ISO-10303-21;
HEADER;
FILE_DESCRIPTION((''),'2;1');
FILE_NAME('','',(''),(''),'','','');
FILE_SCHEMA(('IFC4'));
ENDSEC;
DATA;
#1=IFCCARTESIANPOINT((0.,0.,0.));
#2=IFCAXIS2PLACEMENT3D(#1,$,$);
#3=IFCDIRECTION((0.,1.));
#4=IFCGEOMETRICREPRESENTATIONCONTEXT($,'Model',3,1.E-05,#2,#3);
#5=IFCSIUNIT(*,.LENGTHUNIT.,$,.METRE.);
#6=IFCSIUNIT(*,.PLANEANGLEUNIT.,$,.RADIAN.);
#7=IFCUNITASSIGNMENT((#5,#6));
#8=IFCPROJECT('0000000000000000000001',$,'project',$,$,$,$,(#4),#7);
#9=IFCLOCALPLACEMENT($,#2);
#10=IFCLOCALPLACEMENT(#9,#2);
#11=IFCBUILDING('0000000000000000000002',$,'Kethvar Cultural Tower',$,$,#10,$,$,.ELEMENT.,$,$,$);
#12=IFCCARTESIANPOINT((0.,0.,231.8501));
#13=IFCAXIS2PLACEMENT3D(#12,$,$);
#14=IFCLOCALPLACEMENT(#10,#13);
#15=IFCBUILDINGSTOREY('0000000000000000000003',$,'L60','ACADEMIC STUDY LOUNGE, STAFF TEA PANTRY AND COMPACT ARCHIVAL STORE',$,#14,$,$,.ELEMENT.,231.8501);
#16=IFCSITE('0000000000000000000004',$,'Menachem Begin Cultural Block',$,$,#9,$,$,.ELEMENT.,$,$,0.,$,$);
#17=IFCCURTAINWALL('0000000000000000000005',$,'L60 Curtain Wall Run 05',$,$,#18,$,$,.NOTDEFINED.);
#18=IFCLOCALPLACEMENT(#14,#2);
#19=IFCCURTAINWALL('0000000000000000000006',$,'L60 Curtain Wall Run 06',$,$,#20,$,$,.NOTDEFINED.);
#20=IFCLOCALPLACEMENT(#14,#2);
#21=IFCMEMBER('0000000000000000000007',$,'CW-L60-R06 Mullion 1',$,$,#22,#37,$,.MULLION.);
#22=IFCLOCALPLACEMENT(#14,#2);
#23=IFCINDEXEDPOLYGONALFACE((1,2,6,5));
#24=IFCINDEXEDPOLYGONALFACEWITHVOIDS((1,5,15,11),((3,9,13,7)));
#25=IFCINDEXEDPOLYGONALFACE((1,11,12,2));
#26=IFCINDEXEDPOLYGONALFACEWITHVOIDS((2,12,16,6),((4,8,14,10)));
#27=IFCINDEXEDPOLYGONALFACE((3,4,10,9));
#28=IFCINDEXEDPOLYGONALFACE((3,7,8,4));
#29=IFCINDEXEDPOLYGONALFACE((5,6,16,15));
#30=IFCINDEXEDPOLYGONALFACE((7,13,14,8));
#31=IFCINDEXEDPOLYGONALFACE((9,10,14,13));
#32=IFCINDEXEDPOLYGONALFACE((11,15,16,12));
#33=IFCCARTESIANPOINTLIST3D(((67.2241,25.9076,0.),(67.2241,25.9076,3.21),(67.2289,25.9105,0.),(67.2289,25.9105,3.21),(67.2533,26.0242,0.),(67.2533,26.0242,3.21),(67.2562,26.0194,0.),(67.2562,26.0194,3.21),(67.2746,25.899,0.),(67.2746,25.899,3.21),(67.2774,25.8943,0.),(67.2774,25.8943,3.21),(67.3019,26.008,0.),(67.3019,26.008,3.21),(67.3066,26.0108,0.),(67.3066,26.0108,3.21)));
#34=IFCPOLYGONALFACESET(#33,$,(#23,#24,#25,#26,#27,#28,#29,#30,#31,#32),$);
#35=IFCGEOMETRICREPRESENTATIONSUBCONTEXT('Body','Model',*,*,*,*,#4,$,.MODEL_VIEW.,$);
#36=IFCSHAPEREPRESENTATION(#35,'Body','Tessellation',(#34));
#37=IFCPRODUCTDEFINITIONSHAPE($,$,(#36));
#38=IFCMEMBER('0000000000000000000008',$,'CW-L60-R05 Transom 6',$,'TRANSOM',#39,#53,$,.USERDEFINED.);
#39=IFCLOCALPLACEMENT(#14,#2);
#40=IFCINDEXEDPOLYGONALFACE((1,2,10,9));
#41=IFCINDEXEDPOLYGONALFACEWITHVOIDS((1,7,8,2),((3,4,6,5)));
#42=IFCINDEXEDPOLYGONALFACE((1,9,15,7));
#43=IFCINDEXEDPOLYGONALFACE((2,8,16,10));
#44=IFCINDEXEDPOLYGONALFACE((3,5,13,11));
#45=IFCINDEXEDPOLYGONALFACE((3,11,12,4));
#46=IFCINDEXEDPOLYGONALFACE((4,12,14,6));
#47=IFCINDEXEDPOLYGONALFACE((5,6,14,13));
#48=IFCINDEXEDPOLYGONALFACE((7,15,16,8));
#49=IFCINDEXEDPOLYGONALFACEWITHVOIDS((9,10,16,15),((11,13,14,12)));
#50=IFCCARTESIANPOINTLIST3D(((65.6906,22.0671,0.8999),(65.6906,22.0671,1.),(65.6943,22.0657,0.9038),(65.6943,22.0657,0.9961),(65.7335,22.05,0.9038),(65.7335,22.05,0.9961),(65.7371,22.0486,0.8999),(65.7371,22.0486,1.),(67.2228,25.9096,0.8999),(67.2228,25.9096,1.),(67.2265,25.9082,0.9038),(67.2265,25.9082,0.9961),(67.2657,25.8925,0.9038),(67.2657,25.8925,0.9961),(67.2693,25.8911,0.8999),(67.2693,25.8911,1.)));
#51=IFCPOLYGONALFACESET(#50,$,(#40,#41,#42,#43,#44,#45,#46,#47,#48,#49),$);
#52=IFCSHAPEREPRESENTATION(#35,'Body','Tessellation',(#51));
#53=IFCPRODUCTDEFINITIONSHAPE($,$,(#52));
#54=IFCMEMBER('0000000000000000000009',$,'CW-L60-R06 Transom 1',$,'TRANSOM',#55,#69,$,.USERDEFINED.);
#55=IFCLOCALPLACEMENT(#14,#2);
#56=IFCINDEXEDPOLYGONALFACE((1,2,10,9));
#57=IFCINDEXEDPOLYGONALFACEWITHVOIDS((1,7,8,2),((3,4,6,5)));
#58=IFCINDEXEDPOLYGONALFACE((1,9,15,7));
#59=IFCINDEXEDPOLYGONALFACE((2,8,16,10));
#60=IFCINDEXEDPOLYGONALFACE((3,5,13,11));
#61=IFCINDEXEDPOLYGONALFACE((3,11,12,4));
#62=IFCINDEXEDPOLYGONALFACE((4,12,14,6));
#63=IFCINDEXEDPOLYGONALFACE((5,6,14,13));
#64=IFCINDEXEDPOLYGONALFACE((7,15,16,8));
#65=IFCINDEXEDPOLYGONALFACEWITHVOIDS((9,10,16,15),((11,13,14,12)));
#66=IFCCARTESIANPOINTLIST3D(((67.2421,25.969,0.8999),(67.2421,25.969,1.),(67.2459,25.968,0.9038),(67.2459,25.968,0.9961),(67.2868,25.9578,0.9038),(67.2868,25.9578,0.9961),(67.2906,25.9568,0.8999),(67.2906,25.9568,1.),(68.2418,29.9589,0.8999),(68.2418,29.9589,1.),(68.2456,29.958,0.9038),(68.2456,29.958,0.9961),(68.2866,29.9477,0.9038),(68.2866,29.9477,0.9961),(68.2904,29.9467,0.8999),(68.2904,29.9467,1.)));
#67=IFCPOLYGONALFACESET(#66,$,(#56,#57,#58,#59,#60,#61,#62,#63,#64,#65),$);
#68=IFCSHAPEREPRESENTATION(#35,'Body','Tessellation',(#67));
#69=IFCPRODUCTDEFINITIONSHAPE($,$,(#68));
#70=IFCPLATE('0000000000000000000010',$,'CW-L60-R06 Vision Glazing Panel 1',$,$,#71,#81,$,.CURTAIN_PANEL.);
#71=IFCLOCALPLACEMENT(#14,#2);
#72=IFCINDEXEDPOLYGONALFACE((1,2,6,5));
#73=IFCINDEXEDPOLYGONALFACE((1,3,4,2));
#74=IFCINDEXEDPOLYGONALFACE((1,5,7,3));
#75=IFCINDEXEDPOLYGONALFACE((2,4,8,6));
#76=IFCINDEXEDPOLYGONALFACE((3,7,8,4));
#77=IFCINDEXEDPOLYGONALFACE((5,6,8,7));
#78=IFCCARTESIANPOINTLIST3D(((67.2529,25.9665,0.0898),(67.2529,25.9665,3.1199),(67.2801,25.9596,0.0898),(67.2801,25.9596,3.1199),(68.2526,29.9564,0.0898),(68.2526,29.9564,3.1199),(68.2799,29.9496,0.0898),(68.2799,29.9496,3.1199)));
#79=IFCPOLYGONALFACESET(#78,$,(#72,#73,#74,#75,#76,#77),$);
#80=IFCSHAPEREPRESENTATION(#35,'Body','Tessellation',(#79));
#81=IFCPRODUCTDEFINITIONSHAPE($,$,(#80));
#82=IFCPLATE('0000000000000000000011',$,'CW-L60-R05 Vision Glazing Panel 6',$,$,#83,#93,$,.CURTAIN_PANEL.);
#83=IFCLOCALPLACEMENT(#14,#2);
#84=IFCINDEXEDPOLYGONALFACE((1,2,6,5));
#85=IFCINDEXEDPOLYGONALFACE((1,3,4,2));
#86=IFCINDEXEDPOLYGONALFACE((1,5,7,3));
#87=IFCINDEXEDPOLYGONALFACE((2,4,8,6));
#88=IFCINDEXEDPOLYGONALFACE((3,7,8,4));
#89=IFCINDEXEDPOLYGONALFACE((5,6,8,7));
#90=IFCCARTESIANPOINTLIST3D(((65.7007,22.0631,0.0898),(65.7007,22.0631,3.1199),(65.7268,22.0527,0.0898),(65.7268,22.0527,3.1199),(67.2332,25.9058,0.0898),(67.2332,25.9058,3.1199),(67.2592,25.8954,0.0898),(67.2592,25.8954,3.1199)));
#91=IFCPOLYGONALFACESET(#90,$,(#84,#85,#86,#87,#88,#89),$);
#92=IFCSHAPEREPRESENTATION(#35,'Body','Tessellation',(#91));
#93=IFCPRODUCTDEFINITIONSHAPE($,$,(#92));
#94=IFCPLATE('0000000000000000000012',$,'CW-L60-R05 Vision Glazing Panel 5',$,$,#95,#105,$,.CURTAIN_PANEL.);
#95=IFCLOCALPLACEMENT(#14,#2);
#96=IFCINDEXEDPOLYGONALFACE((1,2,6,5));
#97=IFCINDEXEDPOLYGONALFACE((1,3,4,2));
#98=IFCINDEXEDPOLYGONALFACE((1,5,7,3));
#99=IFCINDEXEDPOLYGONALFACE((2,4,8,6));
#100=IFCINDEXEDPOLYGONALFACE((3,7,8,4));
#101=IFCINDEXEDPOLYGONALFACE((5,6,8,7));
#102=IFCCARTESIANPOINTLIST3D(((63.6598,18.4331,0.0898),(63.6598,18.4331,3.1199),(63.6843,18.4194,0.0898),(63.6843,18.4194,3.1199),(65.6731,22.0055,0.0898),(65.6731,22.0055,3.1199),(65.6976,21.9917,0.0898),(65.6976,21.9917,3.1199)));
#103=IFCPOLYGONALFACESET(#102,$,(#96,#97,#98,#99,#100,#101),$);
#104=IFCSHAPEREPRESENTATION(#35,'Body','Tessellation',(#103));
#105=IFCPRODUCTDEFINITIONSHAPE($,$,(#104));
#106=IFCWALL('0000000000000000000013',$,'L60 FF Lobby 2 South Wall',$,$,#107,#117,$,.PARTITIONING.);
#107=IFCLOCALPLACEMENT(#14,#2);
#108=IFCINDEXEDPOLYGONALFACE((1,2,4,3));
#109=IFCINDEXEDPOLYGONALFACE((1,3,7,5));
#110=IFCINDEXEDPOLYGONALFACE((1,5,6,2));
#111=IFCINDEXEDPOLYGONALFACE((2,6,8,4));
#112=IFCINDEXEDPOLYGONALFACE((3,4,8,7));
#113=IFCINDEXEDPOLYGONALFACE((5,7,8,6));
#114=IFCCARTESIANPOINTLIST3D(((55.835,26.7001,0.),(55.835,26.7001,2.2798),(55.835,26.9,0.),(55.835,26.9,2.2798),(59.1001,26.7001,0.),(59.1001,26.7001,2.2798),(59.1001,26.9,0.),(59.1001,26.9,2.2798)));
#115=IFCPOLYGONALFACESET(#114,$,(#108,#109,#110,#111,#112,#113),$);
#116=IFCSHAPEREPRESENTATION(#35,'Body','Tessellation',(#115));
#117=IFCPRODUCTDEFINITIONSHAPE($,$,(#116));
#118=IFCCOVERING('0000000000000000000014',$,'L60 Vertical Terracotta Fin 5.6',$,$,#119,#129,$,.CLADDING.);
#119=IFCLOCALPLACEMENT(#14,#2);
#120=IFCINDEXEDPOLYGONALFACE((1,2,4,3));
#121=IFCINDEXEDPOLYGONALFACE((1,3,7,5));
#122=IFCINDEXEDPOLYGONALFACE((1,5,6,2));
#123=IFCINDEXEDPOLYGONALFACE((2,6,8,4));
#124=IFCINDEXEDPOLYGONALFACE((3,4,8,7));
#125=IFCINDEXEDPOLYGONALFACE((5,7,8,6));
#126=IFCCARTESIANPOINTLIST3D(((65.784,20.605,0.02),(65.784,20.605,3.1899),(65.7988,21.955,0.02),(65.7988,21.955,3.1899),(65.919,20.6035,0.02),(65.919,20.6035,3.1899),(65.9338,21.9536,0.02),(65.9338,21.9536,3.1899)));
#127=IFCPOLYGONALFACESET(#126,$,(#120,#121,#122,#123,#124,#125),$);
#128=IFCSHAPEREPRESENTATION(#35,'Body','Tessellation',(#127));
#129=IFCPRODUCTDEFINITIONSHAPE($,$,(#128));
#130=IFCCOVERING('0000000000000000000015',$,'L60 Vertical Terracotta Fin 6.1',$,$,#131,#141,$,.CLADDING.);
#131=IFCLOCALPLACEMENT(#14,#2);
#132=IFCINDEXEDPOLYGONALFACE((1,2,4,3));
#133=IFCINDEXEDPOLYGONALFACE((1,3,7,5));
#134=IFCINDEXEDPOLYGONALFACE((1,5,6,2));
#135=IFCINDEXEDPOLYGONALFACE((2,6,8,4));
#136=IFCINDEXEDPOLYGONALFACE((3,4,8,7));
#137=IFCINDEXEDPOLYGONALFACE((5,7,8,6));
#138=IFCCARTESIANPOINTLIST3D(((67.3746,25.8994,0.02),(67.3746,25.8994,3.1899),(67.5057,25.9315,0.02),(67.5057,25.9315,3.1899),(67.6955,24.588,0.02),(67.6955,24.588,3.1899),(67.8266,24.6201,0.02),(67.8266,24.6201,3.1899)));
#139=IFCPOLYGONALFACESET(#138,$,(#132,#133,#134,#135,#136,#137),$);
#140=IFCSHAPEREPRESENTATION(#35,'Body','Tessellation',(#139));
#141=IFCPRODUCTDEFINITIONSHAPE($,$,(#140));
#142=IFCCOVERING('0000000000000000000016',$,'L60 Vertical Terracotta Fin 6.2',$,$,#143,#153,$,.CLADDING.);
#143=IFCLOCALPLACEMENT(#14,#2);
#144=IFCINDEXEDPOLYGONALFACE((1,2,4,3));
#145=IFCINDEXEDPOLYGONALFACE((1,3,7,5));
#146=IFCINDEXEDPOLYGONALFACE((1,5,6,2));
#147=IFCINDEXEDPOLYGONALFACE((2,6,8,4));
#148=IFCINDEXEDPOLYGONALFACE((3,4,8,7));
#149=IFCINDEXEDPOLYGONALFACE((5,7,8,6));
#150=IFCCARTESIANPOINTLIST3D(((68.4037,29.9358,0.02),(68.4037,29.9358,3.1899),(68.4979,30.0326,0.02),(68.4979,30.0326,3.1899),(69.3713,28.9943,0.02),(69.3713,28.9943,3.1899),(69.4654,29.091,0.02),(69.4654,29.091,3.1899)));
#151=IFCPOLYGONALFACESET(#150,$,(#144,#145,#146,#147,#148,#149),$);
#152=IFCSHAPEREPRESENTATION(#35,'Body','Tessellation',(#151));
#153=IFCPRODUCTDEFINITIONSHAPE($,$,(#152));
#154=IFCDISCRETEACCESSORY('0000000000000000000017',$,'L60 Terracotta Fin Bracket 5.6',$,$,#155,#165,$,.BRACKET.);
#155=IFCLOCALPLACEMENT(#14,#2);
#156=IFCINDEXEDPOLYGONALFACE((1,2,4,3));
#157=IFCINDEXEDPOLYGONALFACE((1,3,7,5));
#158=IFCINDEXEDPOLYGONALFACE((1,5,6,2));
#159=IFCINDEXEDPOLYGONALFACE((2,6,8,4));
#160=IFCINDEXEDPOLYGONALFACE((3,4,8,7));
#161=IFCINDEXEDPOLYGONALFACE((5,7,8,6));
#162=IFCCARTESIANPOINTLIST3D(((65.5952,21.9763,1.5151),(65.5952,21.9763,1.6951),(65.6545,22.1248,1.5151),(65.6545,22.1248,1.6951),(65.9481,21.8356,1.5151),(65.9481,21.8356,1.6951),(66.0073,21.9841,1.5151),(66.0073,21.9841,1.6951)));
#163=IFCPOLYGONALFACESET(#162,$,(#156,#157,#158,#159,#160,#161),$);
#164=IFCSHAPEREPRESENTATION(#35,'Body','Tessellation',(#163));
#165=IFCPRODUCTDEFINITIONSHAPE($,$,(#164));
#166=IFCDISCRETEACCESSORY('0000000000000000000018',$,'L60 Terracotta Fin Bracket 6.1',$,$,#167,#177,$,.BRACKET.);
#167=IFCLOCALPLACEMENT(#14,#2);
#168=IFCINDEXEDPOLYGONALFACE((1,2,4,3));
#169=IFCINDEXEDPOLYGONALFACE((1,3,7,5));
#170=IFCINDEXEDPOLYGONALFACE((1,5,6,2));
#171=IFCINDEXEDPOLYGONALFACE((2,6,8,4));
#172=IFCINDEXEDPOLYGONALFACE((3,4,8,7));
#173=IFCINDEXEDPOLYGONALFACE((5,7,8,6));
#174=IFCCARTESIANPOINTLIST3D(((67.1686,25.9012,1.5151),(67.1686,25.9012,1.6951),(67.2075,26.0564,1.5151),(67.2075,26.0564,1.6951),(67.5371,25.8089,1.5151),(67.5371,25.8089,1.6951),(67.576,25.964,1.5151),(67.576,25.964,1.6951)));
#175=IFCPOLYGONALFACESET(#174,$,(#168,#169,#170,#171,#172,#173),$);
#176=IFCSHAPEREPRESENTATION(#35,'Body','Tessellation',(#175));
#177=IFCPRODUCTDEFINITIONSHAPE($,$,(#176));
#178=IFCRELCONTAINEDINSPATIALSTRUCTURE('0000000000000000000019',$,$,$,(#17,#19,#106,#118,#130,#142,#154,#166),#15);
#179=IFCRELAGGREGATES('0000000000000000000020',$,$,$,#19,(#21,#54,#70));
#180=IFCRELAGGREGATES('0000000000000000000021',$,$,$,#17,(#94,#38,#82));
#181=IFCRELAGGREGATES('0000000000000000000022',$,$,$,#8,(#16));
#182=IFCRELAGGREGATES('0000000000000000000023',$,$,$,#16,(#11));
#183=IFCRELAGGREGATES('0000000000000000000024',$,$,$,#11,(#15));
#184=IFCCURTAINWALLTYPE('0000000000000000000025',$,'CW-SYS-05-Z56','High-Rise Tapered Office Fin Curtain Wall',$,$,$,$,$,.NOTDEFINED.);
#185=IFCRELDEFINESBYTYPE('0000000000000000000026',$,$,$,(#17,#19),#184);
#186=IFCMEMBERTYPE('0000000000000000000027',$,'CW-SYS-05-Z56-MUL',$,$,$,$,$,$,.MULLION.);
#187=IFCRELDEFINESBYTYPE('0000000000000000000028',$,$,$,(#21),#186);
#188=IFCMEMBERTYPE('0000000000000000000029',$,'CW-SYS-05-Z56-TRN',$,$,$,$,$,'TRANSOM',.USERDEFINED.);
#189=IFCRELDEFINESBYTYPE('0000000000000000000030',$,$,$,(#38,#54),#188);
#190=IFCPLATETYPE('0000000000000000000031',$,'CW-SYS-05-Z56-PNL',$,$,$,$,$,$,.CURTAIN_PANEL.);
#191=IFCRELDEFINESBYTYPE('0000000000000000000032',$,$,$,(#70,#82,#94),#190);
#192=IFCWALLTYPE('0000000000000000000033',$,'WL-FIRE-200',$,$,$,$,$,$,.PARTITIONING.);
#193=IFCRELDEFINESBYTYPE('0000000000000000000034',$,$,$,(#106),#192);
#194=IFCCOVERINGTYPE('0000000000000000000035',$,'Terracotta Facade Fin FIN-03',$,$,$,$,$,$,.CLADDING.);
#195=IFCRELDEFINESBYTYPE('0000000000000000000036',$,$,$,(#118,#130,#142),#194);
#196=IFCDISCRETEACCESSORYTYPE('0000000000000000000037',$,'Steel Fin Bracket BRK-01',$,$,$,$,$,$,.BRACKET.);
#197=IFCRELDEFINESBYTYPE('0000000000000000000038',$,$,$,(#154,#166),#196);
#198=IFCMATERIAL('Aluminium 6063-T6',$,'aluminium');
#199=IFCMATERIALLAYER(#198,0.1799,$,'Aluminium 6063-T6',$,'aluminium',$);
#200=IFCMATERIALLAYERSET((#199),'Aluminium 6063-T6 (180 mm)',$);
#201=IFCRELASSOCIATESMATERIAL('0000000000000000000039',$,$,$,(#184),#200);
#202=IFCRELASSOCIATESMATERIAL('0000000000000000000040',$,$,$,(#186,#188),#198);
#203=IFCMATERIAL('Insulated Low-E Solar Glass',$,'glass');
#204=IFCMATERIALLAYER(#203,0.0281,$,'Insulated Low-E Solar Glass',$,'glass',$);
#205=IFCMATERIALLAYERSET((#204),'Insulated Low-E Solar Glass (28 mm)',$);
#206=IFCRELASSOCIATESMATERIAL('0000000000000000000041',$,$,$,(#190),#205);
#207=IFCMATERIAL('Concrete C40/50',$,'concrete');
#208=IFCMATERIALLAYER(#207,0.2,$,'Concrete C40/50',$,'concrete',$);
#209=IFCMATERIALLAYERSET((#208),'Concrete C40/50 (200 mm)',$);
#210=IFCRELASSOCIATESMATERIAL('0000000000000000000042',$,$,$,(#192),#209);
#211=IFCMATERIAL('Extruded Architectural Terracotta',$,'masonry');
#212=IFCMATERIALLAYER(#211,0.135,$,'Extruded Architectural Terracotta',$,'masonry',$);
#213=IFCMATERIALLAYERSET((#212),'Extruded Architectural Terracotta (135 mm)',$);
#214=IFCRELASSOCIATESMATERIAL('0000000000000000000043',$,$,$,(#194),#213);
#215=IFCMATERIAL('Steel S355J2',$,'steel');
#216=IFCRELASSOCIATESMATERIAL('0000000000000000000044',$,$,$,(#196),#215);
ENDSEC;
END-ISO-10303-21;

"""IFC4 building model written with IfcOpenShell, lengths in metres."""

from ifc_helpers import new_model, si_unit, direction, frame, frame_2d, origin, origin_2d, place, context, subcontext, project, spatial, rectangle, hollow_rectangle, extrude, source, transform, mapped, material, layer, layer_set, material_profile, profile_set, type_object, element, aggregate, save


model = new_model("IFC4")

# Units and contexts
model_context = context("Model", 3, precision=1e-05, world=origin(), true_north=direction((0.0, 1.0)))
body_context = subcontext(model_context, "Body", "Model", "MODEL_VIEW")
ifc_project = project(units=[si_unit("LENGTHUNIT", "METRE"), si_unit("PLANEANGLEUNIT", "RADIAN")], contexts=[model_context])

# Site, building, storey
site_placement = place(None, origin())
site = spatial("IfcSite", under=ifc_project, at=site_placement, Name="Menachem Begin Cultural Block", CompositionType="ELEMENT", RefElevation=0.0)
building_placement = place(site_placement, origin())
building = spatial("IfcBuilding", under=site, at=building_placement, Name="Kethvar Cultural Tower", CompositionType="ELEMENT")
storey_placement = place(building_placement, frame((0.0, 0.0, 231.8501)))
storey = spatial("IfcBuildingStorey", under=building, at=storey_placement, Name="L60", Description="ACADEMIC STUDY LOUNGE, STAFF TEA PANTRY AND COMPACT ARCHIVAL STORE", CompositionType="ELEMENT", Elevation=231.8501)

# Shared definitions
ifc_material_1 = material(Name="Steel S355J2", Category="steel")

# Curtain wall
ifc_material_2 = material(Name="Aluminium 6063-T6", Category="aluminium")
ifc_layer_1 = layer(ifc_material_2, 0.1799, Name="Aluminium 6063-T6", Category="aluminium")
ifc_layer_set_1 = layer_set([ifc_layer_1], Name="Aluminium 6063-T6 (180 mm)")
curtain_wall_type = type_object("IfcCurtainWallType", Name="CW-SYS-05-Z56", Description="High-Rise Tapered Office Fin Curtain Wall", PredefinedType="NOTDEFINED", material=ifc_layer_set_1)
curtain_wall_1_placement = place(storey_placement, origin())
curtain_wall_1 = element("IfcCurtainWall", 1, at=curtain_wall_1_placement, inside=storey, type_object=curtain_wall_type, Name="L60 Curtain Wall Run 05", PredefinedType="NOTDEFINED")
ifc_material_profile_1 = material_profile(ifc_material_2, hollow_rectangle(XDim=0.0549, YDim=0.1201, WallThickness=0.0039, at=origin_2d()), Name="Aluminium 6063-T6 — RHS120x55x4")
ifc_profile_set_1 = profile_set([ifc_material_profile_1], Name="Aluminium 6063-T6 — RHS120x55x4")
member_type_1 = type_object("IfcMemberType", Name="CW-SYS-05-Z56-MUL", PredefinedType="MULLION", material=ifc_profile_set_1)
shared_shape_1 = source(origin(), body_context, "Body", "SweptSolid", [
    extrude(hollow_rectangle(XDim=0.0549, YDim=0.1201, WallThickness=0.0039, at=origin_2d()), origin(), (0.0, 0.0, 1.0), 3.21),
])

# Curtain wall, member
curtain_wall_2_placement = place(storey_placement, origin())
curtain_wall_2 = element("IfcCurtainWall", 2, at=curtain_wall_2_placement, inside=storey, type_object=curtain_wall_type, Name="L60 Curtain Wall Run 06", PredefinedType="NOTDEFINED")
member_1_placement = place(storey_placement, frame((67.2654, 25.9592, 0.0), z_axis=(0.0, 0.0, 1.0), x_axis=(-0.970012, 0.243056, 0.0)))
member_1 = element("IfcMember", 3, at=member_1_placement, type_object=member_type_1, Name="CW-L60-R06 Mullion 1", PredefinedType="MULLION", context=body_context, shape_type="MappedRepresentation", body=[
    mapped(shared_shape_1, transform((0.0, 0.0, 0.0), scale=1.0)),
])

# Members
ifc_material_profile_2 = material_profile(ifc_material_2, hollow_rectangle(XDim=0.05, YDim=0.1001, WallThickness=0.0039, at=origin_2d()), Name="Aluminium 6063-T6 — RHS100x50x4")
ifc_profile_set_2 = profile_set([ifc_material_profile_2], Name="Aluminium 6063-T6 — RHS100x50x4")
member_type_2 = type_object("IfcMemberType", Name="CW-SYS-05-Z56-TRN", ElementType="TRANSOM", PredefinedType="USERDEFINED", material=ifc_profile_set_2)
shared_shape_2 = source(origin(), body_context, "Body", "SweptSolid", [
    extrude(hollow_rectangle(XDim=0.05, YDim=0.1001, WallThickness=0.0039, at=origin_2d()), origin(), (0.0, 0.0, 1.0), 4.1367),
])
member_2_placement = place(storey_placement, frame((65.7139, 22.0579, 0.95), z_axis=(0.370393, 0.928875, 0.0), x_axis=(-0.928875, 0.370393, 0.0)))
member_2 = element("IfcMember", 4, at=member_2_placement, type_object=member_type_2, Name="CW-L60-R05 Transom 6", ObjectType="TRANSOM", PredefinedType="USERDEFINED", context=body_context, shape_type="MappedRepresentation", body=[
    mapped(shared_shape_2, transform((0.0, 0.0, 0.0), scale=1.0)),
])
shared_shape_3 = source(origin(), body_context, "Body", "SweptSolid", [
    extrude(hollow_rectangle(XDim=0.05, YDim=0.1001, WallThickness=0.0039, at=origin_2d()), origin(), (0.0, 0.0, 1.0), 4.1133),
])
member_3_placement = place(storey_placement, frame((67.2664, 25.9629, 0.95), z_axis=(0.243052, 0.970013, 0.0), x_axis=(-0.970013, 0.243052, 0.0)))
member_3 = element("IfcMember", 5, at=member_3_placement, type_object=member_type_2, Name="CW-L60-R06 Transom 1", ObjectType="TRANSOM", PredefinedType="USERDEFINED", context=body_context, shape_type="MappedRepresentation", body=[
    mapped(shared_shape_3, transform((0.0, 0.0, 0.0), scale=1.0)),
])

# Plates
ifc_material_3 = material(Name="Insulated Low-E Solar Glass", Category="glass")
ifc_layer_2 = layer(ifc_material_3, 0.0281, Name="Insulated Low-E Solar Glass", Category="glass")
ifc_layer_set_2 = layer_set([ifc_layer_2], Name="Insulated Low-E Solar Glass (28 mm)")
plate_type = type_object("IfcPlateType", Name="CW-SYS-05-Z56-PNL", PredefinedType="CURTAIN_PANEL", material=ifc_layer_set_2)
shared_shape_4 = source(origin(), body_context, "Body", "SweptSolid", [
    extrude(rectangle(XDim=4.1133, YDim=0.0281, at=origin_2d()), origin(), (0.0, 0.0, 1.0), 3.03),
])
plate_1_placement = place(storey_placement, frame((67.7664, 27.958, 0.0898), z_axis=(0.0, 0.0, 1.0), x_axis=(0.243056, 0.970012, 0.0)))
plate_1 = element("IfcPlate", 6, at=plate_1_placement, type_object=plate_type, Name="CW-L60-R06 Vision Glazing Panel 1", PredefinedType="CURTAIN_PANEL", context=body_context, shape_type="MappedRepresentation", body=[
    mapped(shared_shape_4, transform((0.0, 0.0, 0.0), scale=1.0)),
])
aggregate(curtain_wall_2, [member_1, member_3, plate_1])
shared_shape_5 = source(origin(), body_context, "Body", "SweptSolid", [
    extrude(rectangle(XDim=4.137, YDim=0.0281, at=origin_2d()), origin(), (0.0, 0.0, 1.0), 3.03),
])
plate_2_placement = place(storey_placement, frame((66.48, 23.9792, 0.0898), z_axis=(0.0, 0.0, 1.0), x_axis=(0.370428, 0.928861, 0.0)))
plate_2 = element("IfcPlate", 7, at=plate_2_placement, type_object=plate_type, Name="CW-L60-R05 Vision Glazing Panel 6", PredefinedType="CURTAIN_PANEL", context=body_context, shape_type="MappedRepresentation", body=[
    mapped(shared_shape_5, transform((0.0, 0.0, 0.0), scale=1.0)),
])
shared_shape_6 = source(origin(), body_context, "Body", "SweptSolid", [
    extrude(rectangle(XDim=4.1006, YDim=0.0281, at=origin_2d()), origin(), (0.0, 0.0, 1.0), 3.03),
])
plate_3_placement = place(storey_placement, frame((64.6787, 20.2124, 0.0898), z_axis=(0.0, 0.0, 1.0), x_axis=(0.49098, 0.871171, 0.0)))
plate_3 = element("IfcPlate", 8, at=plate_3_placement, type_object=plate_type, Name="CW-L60-R05 Vision Glazing Panel 5", PredefinedType="CURTAIN_PANEL", context=body_context, shape_type="MappedRepresentation", body=[
    mapped(shared_shape_6, transform((0.0, 0.0, 0.0), scale=1.0)),
])
aggregate(curtain_wall_1, [plate_3, member_2, plate_2])

# Shared definitions
ifc_material_4 = material(Name="Concrete C40/50", Category="concrete")
ifc_layer_3 = layer(ifc_material_4, 0.2, Name="Concrete C40/50", Category="concrete")
ifc_layer_set_3 = layer_set([ifc_layer_3], Name="Concrete C40/50 (200 mm)")
wall_type = type_object("IfcWallType", Name="WL-FIRE-200", PredefinedType="PARTITIONING", material=ifc_layer_set_3)

# Wall
wall_1_placement = place(storey_placement, frame((55.835, 26.8, 0.0), z_axis=(0.0, 0.0, 1.0), x_axis=(1.0, 0.0, 0.0)))
element("IfcWall", 9, at=wall_1_placement, inside=storey, type_object=wall_type, Name="L60 FF Lobby 2 South Wall", PredefinedType="PARTITIONING", context=body_context, shape_type="SweptSolid", body=[
    extrude(rectangle(XDim=3.2651, YDim=0.2, at=frame_2d((1.6326, 0.0))), origin(), (0.0, 0.0, 1.0), 2.2798),
])

# Coverings
ifc_material_5 = material(Name="Extruded Architectural Terracotta", Category="masonry")
ifc_layer_4 = layer(ifc_material_5, 0.135, Name="Extruded Architectural Terracotta", Category="masonry")
ifc_layer_set_4 = layer_set([ifc_layer_4], Name="Extruded Architectural Terracotta (135 mm)")
covering_type = type_object("IfcCoveringType", Name="Terracotta Facade Fin FIN-03", PredefinedType="CLADDING", material=ifc_layer_set_4)
shared_shape_7 = source(origin(), body_context, "Body", "SweptSolid", [
    extrude(rectangle(XDim=1.3501, YDim=0.135, at=origin_2d()), origin(), (0.0, 0.0, 1.0), 3.1699),
])
for number, where, z_axis, x_axis, name in (
    (10, (65.8589, 21.2793, 0.02), (0.0, 0.0, 1.0), (-0.010995, -0.99994, 0.0), "L60 Vertical Terracotta Fin 5.6"),
    (11, (67.6006, 25.2598, 0.02), (0.0, 0.0, 1.0), (0.237686, -0.971342, 0.0), "L60 Vertical Terracotta Fin 6.1"),
    (12, (68.9346, 29.5134, 0.02), (0.0, 0.0, 1.0), (0.716667, -0.697415, 0.0), "L60 Vertical Terracotta Fin 6.2"),
):
    element("IfcCovering", number, at=place(storey_placement, frame(where, z_axis=z_axis, x_axis=x_axis)), inside=storey, type_object=covering_type, Name=name, PredefinedType="CLADDING", context=body_context, shape_type="MappedRepresentation", body=[
        mapped(shared_shape_7, transform((0.0, 0.0, 0.0), scale=1.0)),
    ])

# Discrete accessories
discrete_accessory_type = type_object("IfcDiscreteAccessoryType", Name="Steel Fin Bracket BRK-01", PredefinedType="BRACKET", material=ifc_material_1)
shared_shape_8 = source(origin(), body_context, "Body", "SweptSolid", [
    extrude(rectangle(XDim=0.3799, YDim=0.1599, at=origin_2d()), origin(), (0.0, 0.0, 1.0), 0.1799),
])
for number, where, z_axis, x_axis, name in (
    (13, (65.8013, 21.9802, 1.5151), (0.0, 0.0, 1.0), (0.928874, -0.370395, 0.0), "L60 Terracotta Fin Bracket 5.6"),
    (14, (67.3723, 25.9326, 1.5151), (0.0, 0.0, 1.0), (0.969999, -0.243107, 0.0), "L60 Terracotta Fin Bracket 6.1"),
):
    element("IfcDiscreteAccessory", number, at=place(storey_placement, frame(where, z_axis=z_axis, x_axis=x_axis)), inside=storey, type_object=discrete_accessory_type, Name=name, PredefinedType="BRACKET", context=body_context, shape_type="MappedRepresentation", body=[
        mapped(shared_shape_8, transform((0.0, 0.0, 0.0), scale=1.0)),
    ])

save(model, "model.ifc")
